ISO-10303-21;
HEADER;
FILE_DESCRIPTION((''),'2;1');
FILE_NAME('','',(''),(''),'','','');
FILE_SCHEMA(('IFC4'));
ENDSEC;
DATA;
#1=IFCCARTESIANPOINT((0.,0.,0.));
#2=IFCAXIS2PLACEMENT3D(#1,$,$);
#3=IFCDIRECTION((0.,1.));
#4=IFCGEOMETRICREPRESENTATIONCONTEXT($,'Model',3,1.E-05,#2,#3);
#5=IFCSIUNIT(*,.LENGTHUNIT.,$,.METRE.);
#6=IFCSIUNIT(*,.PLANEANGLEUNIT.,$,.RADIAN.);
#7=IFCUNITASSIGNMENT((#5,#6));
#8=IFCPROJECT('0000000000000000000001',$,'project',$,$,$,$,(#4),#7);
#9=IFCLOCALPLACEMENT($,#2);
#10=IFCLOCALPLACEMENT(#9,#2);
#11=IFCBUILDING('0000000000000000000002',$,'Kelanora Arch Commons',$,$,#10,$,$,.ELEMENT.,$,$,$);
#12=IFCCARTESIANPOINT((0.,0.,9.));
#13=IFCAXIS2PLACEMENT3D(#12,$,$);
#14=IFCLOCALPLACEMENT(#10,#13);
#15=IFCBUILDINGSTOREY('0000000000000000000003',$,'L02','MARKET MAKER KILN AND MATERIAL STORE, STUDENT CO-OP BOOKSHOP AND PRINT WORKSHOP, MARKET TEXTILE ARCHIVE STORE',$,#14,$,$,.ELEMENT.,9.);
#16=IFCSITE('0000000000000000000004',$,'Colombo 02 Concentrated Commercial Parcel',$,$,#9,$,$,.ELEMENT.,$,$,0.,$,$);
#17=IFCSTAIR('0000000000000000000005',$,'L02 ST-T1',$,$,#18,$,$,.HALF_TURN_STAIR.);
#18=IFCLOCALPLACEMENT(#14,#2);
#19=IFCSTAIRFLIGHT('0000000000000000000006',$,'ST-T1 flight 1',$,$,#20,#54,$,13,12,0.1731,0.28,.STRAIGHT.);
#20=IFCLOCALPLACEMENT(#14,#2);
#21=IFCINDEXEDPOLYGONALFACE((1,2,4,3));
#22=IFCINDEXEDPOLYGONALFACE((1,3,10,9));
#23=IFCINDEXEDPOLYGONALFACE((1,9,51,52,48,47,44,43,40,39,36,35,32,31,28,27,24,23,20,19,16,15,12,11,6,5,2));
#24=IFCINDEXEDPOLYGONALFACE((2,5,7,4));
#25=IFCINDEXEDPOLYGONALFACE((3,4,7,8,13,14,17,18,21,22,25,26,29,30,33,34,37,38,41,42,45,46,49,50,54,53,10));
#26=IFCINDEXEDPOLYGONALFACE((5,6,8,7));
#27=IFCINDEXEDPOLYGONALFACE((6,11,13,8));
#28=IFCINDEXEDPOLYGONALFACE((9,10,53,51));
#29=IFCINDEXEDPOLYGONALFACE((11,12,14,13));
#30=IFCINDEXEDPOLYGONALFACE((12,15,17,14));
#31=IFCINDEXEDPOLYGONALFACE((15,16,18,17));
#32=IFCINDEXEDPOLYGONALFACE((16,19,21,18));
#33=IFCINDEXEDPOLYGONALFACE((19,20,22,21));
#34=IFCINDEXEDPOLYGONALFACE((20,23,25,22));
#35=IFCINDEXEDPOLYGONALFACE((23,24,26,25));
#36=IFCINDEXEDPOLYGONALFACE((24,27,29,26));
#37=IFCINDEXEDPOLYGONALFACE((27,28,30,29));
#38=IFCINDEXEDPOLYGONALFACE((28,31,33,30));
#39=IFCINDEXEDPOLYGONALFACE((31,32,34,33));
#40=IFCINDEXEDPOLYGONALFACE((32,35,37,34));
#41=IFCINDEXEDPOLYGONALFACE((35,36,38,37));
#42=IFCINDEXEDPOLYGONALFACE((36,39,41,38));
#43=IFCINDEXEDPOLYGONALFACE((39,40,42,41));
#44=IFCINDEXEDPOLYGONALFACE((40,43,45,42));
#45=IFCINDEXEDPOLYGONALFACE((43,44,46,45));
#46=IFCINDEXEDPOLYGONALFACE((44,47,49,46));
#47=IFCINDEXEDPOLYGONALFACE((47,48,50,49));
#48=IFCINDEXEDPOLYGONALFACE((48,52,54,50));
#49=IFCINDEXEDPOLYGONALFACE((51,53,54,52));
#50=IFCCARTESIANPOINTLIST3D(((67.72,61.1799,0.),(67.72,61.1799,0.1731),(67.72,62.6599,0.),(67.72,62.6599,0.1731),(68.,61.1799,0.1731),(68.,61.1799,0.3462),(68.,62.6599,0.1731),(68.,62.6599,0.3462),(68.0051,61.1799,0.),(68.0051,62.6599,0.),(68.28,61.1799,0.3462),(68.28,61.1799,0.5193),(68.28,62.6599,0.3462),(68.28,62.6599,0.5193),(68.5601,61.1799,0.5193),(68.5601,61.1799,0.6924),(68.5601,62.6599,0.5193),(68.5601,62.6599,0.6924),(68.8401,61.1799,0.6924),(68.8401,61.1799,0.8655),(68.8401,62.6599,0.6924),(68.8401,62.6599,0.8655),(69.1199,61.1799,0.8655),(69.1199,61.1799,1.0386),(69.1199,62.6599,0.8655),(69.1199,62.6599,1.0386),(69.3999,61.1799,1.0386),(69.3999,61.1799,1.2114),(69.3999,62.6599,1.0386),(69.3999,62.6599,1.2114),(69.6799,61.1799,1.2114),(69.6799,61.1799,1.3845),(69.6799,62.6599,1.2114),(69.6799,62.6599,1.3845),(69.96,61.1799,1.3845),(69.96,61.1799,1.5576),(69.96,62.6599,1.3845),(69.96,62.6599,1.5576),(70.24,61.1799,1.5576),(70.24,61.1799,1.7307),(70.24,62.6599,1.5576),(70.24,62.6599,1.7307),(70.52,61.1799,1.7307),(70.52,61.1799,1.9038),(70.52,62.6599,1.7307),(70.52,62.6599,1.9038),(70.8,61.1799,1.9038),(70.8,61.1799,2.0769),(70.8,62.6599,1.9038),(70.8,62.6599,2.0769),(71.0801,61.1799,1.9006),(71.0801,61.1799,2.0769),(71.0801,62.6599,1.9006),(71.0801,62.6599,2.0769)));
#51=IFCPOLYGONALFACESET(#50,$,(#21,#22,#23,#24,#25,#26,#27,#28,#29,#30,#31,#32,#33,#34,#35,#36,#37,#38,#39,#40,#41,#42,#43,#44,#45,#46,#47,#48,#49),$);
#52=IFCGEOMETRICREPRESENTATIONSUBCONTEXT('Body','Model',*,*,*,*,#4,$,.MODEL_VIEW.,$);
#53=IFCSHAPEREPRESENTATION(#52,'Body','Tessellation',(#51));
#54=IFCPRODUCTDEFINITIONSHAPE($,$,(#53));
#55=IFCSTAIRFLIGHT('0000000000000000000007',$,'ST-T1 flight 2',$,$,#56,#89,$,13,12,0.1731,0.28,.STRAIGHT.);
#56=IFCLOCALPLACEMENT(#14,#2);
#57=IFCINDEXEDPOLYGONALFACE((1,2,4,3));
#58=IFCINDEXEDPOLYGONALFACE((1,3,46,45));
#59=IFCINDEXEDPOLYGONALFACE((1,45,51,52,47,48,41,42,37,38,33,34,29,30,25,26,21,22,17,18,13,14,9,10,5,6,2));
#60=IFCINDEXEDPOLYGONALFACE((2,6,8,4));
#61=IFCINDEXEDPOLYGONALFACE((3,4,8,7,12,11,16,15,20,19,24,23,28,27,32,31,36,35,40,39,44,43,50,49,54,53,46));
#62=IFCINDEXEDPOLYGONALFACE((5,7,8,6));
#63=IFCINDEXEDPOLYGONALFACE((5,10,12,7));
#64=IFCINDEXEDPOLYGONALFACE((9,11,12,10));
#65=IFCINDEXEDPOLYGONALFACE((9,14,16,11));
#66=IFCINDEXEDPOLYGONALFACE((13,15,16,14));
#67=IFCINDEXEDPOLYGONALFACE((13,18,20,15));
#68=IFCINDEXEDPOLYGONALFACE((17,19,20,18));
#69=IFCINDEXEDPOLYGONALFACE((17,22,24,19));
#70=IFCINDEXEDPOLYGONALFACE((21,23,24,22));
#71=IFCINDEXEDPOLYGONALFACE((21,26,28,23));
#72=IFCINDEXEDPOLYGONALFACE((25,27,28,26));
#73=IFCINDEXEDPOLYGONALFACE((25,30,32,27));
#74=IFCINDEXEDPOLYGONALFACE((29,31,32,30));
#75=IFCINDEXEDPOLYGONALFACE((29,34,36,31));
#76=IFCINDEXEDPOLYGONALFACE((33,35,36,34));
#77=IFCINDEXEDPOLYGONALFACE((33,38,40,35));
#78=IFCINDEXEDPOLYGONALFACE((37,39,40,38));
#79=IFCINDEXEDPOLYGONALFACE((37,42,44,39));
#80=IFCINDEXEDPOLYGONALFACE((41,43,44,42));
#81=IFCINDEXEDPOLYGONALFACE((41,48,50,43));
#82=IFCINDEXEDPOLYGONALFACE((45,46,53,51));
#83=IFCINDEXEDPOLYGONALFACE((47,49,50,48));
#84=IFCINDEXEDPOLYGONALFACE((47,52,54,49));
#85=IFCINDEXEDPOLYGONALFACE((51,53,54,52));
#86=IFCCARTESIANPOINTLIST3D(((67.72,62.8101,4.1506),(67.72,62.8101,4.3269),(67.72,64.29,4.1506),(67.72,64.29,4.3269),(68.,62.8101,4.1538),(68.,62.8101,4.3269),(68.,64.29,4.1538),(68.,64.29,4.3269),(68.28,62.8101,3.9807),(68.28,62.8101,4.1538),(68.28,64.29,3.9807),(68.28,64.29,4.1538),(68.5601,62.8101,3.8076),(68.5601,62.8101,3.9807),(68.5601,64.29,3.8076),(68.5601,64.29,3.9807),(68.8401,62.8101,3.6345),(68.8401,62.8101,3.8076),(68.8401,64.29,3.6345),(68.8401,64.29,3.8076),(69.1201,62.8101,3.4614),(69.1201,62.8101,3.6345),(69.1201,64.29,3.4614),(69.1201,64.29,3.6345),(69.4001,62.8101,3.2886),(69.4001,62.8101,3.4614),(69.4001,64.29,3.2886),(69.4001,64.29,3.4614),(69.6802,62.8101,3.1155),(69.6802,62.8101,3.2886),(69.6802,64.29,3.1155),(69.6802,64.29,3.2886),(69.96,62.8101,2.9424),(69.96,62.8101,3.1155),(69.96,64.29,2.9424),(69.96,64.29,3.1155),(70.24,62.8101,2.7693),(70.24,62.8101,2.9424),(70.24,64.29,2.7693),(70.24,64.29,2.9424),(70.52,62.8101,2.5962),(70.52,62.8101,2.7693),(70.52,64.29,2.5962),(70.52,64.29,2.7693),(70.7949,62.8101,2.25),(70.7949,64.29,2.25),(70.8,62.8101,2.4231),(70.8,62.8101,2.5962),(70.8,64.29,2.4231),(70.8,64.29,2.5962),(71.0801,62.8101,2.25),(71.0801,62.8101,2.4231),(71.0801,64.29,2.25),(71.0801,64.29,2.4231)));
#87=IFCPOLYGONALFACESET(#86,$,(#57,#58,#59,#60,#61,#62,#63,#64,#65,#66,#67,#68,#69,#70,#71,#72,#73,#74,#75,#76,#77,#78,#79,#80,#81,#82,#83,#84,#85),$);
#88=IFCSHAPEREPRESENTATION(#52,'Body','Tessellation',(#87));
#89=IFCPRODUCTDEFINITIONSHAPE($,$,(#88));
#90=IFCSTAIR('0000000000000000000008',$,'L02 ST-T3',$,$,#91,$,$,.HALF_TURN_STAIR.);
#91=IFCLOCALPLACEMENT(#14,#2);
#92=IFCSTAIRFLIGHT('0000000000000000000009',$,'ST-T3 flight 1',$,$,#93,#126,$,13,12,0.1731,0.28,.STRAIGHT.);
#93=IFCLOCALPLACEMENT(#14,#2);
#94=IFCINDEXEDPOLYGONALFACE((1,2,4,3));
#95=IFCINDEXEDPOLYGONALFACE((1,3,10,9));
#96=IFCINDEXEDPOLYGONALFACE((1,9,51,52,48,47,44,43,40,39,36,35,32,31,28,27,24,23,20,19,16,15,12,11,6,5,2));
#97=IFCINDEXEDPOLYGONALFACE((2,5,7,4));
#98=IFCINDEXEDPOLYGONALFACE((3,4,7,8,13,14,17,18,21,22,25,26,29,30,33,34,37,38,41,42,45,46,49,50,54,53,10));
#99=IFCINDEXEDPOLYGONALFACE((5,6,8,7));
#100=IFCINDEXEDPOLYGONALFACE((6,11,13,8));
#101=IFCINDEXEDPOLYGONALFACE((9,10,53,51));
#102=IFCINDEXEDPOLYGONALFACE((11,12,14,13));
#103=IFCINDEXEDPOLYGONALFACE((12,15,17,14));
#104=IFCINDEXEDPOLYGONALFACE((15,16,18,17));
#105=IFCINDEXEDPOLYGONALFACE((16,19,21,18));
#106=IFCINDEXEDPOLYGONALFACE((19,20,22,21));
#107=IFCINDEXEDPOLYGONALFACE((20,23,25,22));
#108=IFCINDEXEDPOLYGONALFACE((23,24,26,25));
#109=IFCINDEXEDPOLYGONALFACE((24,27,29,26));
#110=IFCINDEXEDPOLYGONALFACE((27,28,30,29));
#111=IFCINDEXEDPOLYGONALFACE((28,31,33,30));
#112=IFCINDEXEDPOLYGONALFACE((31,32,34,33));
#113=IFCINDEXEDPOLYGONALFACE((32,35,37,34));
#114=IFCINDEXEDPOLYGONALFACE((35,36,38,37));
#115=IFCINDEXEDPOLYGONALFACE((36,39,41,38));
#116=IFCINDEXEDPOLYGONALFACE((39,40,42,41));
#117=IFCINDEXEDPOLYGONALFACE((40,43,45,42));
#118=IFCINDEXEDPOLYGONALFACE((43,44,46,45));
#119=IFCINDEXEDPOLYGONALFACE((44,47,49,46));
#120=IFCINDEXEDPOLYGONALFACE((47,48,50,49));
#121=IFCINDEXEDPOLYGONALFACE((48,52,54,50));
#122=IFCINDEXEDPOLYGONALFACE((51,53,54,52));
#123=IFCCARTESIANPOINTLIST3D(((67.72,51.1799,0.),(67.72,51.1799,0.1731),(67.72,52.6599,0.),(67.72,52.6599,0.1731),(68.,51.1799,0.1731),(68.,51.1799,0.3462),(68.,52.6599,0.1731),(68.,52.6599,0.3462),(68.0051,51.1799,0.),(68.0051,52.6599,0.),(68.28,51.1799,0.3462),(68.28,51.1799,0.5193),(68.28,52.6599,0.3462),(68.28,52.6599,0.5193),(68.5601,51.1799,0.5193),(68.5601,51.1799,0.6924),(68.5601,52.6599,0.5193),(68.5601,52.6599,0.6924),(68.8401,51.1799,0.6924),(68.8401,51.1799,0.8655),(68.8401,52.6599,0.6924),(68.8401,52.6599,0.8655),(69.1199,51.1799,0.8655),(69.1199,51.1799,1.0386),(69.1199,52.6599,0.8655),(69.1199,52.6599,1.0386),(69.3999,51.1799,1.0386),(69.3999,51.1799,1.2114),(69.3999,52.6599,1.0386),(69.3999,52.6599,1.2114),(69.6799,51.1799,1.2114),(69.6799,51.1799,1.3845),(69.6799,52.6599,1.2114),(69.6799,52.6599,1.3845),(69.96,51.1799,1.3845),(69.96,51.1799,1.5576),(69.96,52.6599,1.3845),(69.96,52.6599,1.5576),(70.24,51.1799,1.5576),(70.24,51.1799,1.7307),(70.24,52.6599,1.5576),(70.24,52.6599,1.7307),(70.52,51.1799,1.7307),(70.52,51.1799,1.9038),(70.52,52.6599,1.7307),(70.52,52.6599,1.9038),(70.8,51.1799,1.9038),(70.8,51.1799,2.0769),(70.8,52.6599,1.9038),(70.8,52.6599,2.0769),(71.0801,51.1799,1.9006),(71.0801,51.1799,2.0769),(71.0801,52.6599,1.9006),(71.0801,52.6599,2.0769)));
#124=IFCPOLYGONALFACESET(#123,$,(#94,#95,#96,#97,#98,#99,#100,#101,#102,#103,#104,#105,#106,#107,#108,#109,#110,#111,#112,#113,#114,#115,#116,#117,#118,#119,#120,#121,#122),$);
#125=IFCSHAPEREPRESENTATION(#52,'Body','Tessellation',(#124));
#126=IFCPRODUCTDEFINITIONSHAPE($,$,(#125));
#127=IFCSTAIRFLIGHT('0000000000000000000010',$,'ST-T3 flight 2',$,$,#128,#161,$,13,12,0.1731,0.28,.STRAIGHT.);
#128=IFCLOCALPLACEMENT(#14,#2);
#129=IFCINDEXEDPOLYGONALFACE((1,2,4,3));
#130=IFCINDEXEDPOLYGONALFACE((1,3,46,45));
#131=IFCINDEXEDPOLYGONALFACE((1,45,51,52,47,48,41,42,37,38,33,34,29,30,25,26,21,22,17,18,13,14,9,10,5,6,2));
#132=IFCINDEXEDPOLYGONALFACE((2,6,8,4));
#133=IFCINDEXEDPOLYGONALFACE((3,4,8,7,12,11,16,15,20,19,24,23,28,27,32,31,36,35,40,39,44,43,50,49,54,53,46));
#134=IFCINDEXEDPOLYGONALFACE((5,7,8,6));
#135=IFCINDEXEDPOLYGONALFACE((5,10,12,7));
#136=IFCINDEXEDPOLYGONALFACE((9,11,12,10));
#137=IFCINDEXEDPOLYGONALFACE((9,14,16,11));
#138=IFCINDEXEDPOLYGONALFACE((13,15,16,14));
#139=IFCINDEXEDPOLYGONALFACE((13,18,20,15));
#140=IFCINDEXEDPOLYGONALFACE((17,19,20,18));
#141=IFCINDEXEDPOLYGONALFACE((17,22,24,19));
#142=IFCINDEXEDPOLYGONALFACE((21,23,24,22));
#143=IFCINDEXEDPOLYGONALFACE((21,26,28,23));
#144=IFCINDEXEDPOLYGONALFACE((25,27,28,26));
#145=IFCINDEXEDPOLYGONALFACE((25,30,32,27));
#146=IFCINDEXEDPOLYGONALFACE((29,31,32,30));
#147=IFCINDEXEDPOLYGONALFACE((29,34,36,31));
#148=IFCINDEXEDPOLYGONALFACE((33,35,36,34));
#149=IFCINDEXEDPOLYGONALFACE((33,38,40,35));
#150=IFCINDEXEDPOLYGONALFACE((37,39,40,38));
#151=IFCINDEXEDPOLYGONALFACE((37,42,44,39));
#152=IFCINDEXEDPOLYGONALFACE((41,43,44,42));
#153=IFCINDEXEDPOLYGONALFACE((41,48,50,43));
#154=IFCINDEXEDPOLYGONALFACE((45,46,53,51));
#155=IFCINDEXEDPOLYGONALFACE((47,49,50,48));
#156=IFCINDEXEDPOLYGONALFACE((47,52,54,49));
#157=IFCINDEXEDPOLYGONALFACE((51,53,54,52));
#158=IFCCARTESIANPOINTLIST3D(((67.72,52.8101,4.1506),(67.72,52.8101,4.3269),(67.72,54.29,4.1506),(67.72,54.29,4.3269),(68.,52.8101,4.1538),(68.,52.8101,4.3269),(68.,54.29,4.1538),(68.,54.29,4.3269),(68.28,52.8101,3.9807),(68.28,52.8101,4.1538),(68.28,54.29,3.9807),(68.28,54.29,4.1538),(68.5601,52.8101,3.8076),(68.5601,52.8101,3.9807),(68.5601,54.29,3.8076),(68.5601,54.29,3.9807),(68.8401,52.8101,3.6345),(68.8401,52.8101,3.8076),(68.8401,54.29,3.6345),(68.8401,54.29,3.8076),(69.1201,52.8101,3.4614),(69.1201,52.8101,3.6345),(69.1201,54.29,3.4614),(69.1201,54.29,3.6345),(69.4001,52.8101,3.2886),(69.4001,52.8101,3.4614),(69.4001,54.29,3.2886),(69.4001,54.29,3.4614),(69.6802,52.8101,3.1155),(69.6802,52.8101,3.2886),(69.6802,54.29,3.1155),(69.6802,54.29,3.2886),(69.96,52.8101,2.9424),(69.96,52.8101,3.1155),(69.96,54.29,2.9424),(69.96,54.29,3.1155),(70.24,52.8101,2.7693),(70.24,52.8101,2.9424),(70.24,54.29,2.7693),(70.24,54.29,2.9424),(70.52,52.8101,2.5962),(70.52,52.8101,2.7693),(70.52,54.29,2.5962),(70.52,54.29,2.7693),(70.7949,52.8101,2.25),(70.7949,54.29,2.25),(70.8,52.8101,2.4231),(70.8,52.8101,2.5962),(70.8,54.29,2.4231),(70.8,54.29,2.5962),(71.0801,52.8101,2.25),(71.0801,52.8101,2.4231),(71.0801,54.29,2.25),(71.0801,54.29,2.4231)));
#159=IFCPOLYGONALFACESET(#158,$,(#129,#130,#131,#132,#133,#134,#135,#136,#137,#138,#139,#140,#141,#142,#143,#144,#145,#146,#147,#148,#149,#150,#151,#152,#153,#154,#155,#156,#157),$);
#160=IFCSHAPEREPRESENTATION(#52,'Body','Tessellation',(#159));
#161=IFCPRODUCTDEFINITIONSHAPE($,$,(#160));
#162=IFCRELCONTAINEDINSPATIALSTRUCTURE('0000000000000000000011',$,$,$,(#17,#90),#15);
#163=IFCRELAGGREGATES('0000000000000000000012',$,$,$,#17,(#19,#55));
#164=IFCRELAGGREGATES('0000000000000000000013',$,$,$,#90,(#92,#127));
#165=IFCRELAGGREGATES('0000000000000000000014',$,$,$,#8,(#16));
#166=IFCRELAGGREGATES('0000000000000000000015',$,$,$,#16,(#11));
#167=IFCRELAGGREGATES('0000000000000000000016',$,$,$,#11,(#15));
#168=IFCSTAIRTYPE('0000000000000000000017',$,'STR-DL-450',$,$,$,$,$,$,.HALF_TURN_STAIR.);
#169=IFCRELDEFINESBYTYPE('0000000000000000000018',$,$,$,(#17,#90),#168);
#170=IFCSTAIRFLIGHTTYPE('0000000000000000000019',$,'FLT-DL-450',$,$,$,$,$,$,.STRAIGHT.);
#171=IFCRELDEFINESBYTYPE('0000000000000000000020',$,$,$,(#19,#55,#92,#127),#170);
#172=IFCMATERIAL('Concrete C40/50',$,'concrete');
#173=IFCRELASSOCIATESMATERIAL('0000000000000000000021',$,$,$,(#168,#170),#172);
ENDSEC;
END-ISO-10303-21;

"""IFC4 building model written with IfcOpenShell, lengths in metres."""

from ifc_helpers import new_model, si_unit, direction, frame, origin, place, context, subcontext, project, spatial, polyline, outline, extrude, material, type_object, element, aggregate, save


model = new_model("IFC4")

# Units and contexts
model_context = context("Model", 3, precision=1e-05, world=origin(), true_north=direction((0.0, 1.0)))
body_context = subcontext(model_context, "Body", "Model", "MODEL_VIEW")
ifc_project = project(units=[si_unit("LENGTHUNIT", "METRE"), si_unit("PLANEANGLEUNIT", "RADIAN")], contexts=[model_context])

# Site, building, storey
site_placement = place(None, origin())
site = spatial("IfcSite", under=ifc_project, at=site_placement, Name="Colombo 02 Concentrated Commercial Parcel", CompositionType="ELEMENT", RefElevation=0.0)
building_placement = place(site_placement, origin())
building = spatial("IfcBuilding", under=site, at=building_placement, Name="Kelanora Arch Commons", CompositionType="ELEMENT")
storey_placement = place(building_placement, frame((0.0, 0.0, 9.0)))
storey = spatial("IfcBuildingStorey", under=building, at=storey_placement, Name="L02", Description="MARKET MAKER KILN AND MATERIAL STORE, STUDENT CO-OP BOOKSHOP AND PRINT WORKSHOP, MARKET TEXTILE ARCHIVE STORE", CompositionType="ELEMENT", Elevation=9.0)

# Shared definitions
ifc_material_1 = material(Name="Concrete C40/50", Category="concrete")

# Stairs, stair flights
stair_type = type_object("IfcStairType", Name="STR-DL-450", PredefinedType="HALF_TURN_STAIR", material=ifc_material_1)
stair_1_placement = place(storey_placement, origin())
stair_1 = element("IfcStair", 1, at=stair_1_placement, inside=storey, type_object=stair_type, Name="L02 ST-T1", PredefinedType="HALF_TURN_STAIR")
stair_flight_type = type_object("IfcStairFlightType", Name="FLT-DL-450", PredefinedType="STRAIGHT", material=ifc_material_1)
stair_flight_1_placement = place(storey_placement, frame((67.72, 61.9199, 0.0), z_axis=(0.0, 0.0, 1.0), x_axis=(1.0, 0.0, 0.0)))
stair_flight_1 = element("IfcStairFlight", 2, at=stair_flight_1_placement, type_object=stair_flight_type, Name="ST-T1 flight 1", NumberOfRisers=13, NumberOfTreads=12, PredefinedType="STRAIGHT", RiserHeight=0.1731, TreadLength=0.28, context=body_context, shape_type="SweptSolid", body=[
    extrude(outline(polyline([(0.0, 0.0), (0.0, 0.1731), (0.28, 0.1731), (0.28, 0.3462), (0.5601, 0.3462), (0.5601, 0.5193), (0.8401, 0.5193), (0.8401, 0.6924), (1.1201, 0.6924), (1.1201, 0.8655), (1.3999, 0.8655), (1.3999, 1.0386), (1.6799, 1.0386), (1.6799, 1.2114), (1.96, 1.2114), (1.96, 1.3845), (2.24, 1.3845), (2.24, 1.5576), (2.52, 1.5576), (2.52, 1.7307), (2.8, 1.7307), (2.8, 1.9038), (3.0801, 1.9038), (3.0801, 2.0769), (3.3601, 2.0769), (3.3601, 2.25), (3.3601, 1.9006), (0.2852, 0.0), (0.0, 0.0)])), frame((0.0, 0.74, 0.0), z_axis=(0.0, -1.0, 0.0), x_axis=(1.0, 0.0, 0.0)), (0.0, 0.0, 1.0), 1.48),
])
stair_flight_2_placement = place(storey_placement, frame((71.0801, 63.55, 2.25), z_axis=(0.0, 0.0, 1.0), x_axis=(-1.0, 0.0, 0.0)))
stair_flight_2 = element("IfcStairFlight", 3, at=stair_flight_2_placement, type_object=stair_flight_type, Name="ST-T1 flight 2", NumberOfRisers=13, NumberOfTreads=12, PredefinedType="STRAIGHT", RiserHeight=0.1731, TreadLength=0.28, context=body_context, shape_type="SweptSolid", body=[
    extrude(outline(polyline([(0.0, 0.0), (0.0, 0.1731), (0.28, 0.1731), (0.28, 0.3462), (0.5601, 0.3462), (0.5601, 0.5193), (0.8401, 0.5193), (0.8401, 0.6924), (1.1201, 0.6924), (1.1201, 0.8655), (1.3999, 0.8655), (1.3999, 1.0386), (1.6799, 1.0386), (1.6799, 1.2114), (1.96, 1.2114), (1.96, 1.3845), (2.24, 1.3845), (2.24, 1.5576), (2.52, 1.5576), (2.52, 1.7307), (2.8, 1.7307), (2.8, 1.9038), (3.0801, 1.9038), (3.0801, 2.0769), (3.3601, 2.0769), (3.3601, 2.25), (3.3601, 1.9006), (0.2852, 0.0), (0.0, 0.0)])), frame((0.0, 0.74, 0.0), z_axis=(0.0, -1.0, 0.0), x_axis=(1.0, 0.0, 0.0)), (0.0, 0.0, 1.0), 1.48),
])
aggregate(stair_1, [stair_flight_1, stair_flight_2])
stair_2_placement = place(storey_placement, origin())
stair_2 = element("IfcStair", 4, at=stair_2_placement, inside=storey, type_object=stair_type, Name="L02 ST-T3", PredefinedType="HALF_TURN_STAIR")
stair_flight_3_placement = place(storey_placement, frame((67.72, 51.9199, 0.0), z_axis=(0.0, 0.0, 1.0), x_axis=(1.0, 0.0, 0.0)))
stair_flight_3 = element("IfcStairFlight", 5, at=stair_flight_3_placement, type_object=stair_flight_type, Name="ST-T3 flight 1", NumberOfRisers=13, NumberOfTreads=12, PredefinedType="STRAIGHT", RiserHeight=0.1731, TreadLength=0.28, context=body_context, shape_type="SweptSolid", body=[
    extrude(outline(polyline([(0.0, 0.0), (0.0, 0.1731), (0.28, 0.1731), (0.28, 0.3462), (0.5601, 0.3462), (0.5601, 0.5193), (0.8401, 0.5193), (0.8401, 0.6924), (1.1201, 0.6924), (1.1201, 0.8655), (1.3999, 0.8655), (1.3999, 1.0386), (1.6799, 1.0386), (1.6799, 1.2114), (1.96, 1.2114), (1.96, 1.3845), (2.24, 1.3845), (2.24, 1.5576), (2.52, 1.5576), (2.52, 1.7307), (2.8, 1.7307), (2.8, 1.9038), (3.0801, 1.9038), (3.0801, 2.0769), (3.3601, 2.0769), (3.3601, 2.25), (3.3601, 1.9006), (0.2852, 0.0), (0.0, 0.0)])), frame((0.0, 0.74, 0.0), z_axis=(0.0, -1.0, 0.0), x_axis=(1.0, 0.0, 0.0)), (0.0, 0.0, 1.0), 1.48),
])
stair_flight_4_placement = place(storey_placement, frame((71.0801, 53.55, 2.25), z_axis=(0.0, 0.0, 1.0), x_axis=(-1.0, 0.0, 0.0)))
stair_flight_4 = element("IfcStairFlight", 6, at=stair_flight_4_placement, type_object=stair_flight_type, Name="ST-T3 flight 2", NumberOfRisers=13, NumberOfTreads=12, PredefinedType="STRAIGHT", RiserHeight=0.1731, TreadLength=0.28, context=body_context, shape_type="SweptSolid", body=[
    extrude(outline(polyline([(0.0, 0.0), (0.0, 0.1731), (0.28, 0.1731), (0.28, 0.3462), (0.5601, 0.3462), (0.5601, 0.5193), (0.8401, 0.5193), (0.8401, 0.6924), (1.1201, 0.6924), (1.1201, 0.8655), (1.3999, 0.8655), (1.3999, 1.0386), (1.6799, 1.0386), (1.6799, 1.2114), (1.96, 1.2114), (1.96, 1.3845), (2.24, 1.3845), (2.24, 1.5576), (2.52, 1.5576), (2.52, 1.7307), (2.8, 1.7307), (2.8, 1.9038), (3.0801, 1.9038), (3.0801, 2.0769), (3.3601, 2.0769), (3.3601, 2.25), (3.3601, 1.9006), (0.2852, 0.0), (0.0, 0.0)])), frame((0.0, 0.74, 0.0), z_axis=(0.0, -1.0, 0.0), x_axis=(1.0, 0.0, 0.0)), (0.0, 0.0, 1.0), 1.48),
])
aggregate(stair_2, [stair_flight_3, stair_flight_4])

save(model, "model.ifc")
